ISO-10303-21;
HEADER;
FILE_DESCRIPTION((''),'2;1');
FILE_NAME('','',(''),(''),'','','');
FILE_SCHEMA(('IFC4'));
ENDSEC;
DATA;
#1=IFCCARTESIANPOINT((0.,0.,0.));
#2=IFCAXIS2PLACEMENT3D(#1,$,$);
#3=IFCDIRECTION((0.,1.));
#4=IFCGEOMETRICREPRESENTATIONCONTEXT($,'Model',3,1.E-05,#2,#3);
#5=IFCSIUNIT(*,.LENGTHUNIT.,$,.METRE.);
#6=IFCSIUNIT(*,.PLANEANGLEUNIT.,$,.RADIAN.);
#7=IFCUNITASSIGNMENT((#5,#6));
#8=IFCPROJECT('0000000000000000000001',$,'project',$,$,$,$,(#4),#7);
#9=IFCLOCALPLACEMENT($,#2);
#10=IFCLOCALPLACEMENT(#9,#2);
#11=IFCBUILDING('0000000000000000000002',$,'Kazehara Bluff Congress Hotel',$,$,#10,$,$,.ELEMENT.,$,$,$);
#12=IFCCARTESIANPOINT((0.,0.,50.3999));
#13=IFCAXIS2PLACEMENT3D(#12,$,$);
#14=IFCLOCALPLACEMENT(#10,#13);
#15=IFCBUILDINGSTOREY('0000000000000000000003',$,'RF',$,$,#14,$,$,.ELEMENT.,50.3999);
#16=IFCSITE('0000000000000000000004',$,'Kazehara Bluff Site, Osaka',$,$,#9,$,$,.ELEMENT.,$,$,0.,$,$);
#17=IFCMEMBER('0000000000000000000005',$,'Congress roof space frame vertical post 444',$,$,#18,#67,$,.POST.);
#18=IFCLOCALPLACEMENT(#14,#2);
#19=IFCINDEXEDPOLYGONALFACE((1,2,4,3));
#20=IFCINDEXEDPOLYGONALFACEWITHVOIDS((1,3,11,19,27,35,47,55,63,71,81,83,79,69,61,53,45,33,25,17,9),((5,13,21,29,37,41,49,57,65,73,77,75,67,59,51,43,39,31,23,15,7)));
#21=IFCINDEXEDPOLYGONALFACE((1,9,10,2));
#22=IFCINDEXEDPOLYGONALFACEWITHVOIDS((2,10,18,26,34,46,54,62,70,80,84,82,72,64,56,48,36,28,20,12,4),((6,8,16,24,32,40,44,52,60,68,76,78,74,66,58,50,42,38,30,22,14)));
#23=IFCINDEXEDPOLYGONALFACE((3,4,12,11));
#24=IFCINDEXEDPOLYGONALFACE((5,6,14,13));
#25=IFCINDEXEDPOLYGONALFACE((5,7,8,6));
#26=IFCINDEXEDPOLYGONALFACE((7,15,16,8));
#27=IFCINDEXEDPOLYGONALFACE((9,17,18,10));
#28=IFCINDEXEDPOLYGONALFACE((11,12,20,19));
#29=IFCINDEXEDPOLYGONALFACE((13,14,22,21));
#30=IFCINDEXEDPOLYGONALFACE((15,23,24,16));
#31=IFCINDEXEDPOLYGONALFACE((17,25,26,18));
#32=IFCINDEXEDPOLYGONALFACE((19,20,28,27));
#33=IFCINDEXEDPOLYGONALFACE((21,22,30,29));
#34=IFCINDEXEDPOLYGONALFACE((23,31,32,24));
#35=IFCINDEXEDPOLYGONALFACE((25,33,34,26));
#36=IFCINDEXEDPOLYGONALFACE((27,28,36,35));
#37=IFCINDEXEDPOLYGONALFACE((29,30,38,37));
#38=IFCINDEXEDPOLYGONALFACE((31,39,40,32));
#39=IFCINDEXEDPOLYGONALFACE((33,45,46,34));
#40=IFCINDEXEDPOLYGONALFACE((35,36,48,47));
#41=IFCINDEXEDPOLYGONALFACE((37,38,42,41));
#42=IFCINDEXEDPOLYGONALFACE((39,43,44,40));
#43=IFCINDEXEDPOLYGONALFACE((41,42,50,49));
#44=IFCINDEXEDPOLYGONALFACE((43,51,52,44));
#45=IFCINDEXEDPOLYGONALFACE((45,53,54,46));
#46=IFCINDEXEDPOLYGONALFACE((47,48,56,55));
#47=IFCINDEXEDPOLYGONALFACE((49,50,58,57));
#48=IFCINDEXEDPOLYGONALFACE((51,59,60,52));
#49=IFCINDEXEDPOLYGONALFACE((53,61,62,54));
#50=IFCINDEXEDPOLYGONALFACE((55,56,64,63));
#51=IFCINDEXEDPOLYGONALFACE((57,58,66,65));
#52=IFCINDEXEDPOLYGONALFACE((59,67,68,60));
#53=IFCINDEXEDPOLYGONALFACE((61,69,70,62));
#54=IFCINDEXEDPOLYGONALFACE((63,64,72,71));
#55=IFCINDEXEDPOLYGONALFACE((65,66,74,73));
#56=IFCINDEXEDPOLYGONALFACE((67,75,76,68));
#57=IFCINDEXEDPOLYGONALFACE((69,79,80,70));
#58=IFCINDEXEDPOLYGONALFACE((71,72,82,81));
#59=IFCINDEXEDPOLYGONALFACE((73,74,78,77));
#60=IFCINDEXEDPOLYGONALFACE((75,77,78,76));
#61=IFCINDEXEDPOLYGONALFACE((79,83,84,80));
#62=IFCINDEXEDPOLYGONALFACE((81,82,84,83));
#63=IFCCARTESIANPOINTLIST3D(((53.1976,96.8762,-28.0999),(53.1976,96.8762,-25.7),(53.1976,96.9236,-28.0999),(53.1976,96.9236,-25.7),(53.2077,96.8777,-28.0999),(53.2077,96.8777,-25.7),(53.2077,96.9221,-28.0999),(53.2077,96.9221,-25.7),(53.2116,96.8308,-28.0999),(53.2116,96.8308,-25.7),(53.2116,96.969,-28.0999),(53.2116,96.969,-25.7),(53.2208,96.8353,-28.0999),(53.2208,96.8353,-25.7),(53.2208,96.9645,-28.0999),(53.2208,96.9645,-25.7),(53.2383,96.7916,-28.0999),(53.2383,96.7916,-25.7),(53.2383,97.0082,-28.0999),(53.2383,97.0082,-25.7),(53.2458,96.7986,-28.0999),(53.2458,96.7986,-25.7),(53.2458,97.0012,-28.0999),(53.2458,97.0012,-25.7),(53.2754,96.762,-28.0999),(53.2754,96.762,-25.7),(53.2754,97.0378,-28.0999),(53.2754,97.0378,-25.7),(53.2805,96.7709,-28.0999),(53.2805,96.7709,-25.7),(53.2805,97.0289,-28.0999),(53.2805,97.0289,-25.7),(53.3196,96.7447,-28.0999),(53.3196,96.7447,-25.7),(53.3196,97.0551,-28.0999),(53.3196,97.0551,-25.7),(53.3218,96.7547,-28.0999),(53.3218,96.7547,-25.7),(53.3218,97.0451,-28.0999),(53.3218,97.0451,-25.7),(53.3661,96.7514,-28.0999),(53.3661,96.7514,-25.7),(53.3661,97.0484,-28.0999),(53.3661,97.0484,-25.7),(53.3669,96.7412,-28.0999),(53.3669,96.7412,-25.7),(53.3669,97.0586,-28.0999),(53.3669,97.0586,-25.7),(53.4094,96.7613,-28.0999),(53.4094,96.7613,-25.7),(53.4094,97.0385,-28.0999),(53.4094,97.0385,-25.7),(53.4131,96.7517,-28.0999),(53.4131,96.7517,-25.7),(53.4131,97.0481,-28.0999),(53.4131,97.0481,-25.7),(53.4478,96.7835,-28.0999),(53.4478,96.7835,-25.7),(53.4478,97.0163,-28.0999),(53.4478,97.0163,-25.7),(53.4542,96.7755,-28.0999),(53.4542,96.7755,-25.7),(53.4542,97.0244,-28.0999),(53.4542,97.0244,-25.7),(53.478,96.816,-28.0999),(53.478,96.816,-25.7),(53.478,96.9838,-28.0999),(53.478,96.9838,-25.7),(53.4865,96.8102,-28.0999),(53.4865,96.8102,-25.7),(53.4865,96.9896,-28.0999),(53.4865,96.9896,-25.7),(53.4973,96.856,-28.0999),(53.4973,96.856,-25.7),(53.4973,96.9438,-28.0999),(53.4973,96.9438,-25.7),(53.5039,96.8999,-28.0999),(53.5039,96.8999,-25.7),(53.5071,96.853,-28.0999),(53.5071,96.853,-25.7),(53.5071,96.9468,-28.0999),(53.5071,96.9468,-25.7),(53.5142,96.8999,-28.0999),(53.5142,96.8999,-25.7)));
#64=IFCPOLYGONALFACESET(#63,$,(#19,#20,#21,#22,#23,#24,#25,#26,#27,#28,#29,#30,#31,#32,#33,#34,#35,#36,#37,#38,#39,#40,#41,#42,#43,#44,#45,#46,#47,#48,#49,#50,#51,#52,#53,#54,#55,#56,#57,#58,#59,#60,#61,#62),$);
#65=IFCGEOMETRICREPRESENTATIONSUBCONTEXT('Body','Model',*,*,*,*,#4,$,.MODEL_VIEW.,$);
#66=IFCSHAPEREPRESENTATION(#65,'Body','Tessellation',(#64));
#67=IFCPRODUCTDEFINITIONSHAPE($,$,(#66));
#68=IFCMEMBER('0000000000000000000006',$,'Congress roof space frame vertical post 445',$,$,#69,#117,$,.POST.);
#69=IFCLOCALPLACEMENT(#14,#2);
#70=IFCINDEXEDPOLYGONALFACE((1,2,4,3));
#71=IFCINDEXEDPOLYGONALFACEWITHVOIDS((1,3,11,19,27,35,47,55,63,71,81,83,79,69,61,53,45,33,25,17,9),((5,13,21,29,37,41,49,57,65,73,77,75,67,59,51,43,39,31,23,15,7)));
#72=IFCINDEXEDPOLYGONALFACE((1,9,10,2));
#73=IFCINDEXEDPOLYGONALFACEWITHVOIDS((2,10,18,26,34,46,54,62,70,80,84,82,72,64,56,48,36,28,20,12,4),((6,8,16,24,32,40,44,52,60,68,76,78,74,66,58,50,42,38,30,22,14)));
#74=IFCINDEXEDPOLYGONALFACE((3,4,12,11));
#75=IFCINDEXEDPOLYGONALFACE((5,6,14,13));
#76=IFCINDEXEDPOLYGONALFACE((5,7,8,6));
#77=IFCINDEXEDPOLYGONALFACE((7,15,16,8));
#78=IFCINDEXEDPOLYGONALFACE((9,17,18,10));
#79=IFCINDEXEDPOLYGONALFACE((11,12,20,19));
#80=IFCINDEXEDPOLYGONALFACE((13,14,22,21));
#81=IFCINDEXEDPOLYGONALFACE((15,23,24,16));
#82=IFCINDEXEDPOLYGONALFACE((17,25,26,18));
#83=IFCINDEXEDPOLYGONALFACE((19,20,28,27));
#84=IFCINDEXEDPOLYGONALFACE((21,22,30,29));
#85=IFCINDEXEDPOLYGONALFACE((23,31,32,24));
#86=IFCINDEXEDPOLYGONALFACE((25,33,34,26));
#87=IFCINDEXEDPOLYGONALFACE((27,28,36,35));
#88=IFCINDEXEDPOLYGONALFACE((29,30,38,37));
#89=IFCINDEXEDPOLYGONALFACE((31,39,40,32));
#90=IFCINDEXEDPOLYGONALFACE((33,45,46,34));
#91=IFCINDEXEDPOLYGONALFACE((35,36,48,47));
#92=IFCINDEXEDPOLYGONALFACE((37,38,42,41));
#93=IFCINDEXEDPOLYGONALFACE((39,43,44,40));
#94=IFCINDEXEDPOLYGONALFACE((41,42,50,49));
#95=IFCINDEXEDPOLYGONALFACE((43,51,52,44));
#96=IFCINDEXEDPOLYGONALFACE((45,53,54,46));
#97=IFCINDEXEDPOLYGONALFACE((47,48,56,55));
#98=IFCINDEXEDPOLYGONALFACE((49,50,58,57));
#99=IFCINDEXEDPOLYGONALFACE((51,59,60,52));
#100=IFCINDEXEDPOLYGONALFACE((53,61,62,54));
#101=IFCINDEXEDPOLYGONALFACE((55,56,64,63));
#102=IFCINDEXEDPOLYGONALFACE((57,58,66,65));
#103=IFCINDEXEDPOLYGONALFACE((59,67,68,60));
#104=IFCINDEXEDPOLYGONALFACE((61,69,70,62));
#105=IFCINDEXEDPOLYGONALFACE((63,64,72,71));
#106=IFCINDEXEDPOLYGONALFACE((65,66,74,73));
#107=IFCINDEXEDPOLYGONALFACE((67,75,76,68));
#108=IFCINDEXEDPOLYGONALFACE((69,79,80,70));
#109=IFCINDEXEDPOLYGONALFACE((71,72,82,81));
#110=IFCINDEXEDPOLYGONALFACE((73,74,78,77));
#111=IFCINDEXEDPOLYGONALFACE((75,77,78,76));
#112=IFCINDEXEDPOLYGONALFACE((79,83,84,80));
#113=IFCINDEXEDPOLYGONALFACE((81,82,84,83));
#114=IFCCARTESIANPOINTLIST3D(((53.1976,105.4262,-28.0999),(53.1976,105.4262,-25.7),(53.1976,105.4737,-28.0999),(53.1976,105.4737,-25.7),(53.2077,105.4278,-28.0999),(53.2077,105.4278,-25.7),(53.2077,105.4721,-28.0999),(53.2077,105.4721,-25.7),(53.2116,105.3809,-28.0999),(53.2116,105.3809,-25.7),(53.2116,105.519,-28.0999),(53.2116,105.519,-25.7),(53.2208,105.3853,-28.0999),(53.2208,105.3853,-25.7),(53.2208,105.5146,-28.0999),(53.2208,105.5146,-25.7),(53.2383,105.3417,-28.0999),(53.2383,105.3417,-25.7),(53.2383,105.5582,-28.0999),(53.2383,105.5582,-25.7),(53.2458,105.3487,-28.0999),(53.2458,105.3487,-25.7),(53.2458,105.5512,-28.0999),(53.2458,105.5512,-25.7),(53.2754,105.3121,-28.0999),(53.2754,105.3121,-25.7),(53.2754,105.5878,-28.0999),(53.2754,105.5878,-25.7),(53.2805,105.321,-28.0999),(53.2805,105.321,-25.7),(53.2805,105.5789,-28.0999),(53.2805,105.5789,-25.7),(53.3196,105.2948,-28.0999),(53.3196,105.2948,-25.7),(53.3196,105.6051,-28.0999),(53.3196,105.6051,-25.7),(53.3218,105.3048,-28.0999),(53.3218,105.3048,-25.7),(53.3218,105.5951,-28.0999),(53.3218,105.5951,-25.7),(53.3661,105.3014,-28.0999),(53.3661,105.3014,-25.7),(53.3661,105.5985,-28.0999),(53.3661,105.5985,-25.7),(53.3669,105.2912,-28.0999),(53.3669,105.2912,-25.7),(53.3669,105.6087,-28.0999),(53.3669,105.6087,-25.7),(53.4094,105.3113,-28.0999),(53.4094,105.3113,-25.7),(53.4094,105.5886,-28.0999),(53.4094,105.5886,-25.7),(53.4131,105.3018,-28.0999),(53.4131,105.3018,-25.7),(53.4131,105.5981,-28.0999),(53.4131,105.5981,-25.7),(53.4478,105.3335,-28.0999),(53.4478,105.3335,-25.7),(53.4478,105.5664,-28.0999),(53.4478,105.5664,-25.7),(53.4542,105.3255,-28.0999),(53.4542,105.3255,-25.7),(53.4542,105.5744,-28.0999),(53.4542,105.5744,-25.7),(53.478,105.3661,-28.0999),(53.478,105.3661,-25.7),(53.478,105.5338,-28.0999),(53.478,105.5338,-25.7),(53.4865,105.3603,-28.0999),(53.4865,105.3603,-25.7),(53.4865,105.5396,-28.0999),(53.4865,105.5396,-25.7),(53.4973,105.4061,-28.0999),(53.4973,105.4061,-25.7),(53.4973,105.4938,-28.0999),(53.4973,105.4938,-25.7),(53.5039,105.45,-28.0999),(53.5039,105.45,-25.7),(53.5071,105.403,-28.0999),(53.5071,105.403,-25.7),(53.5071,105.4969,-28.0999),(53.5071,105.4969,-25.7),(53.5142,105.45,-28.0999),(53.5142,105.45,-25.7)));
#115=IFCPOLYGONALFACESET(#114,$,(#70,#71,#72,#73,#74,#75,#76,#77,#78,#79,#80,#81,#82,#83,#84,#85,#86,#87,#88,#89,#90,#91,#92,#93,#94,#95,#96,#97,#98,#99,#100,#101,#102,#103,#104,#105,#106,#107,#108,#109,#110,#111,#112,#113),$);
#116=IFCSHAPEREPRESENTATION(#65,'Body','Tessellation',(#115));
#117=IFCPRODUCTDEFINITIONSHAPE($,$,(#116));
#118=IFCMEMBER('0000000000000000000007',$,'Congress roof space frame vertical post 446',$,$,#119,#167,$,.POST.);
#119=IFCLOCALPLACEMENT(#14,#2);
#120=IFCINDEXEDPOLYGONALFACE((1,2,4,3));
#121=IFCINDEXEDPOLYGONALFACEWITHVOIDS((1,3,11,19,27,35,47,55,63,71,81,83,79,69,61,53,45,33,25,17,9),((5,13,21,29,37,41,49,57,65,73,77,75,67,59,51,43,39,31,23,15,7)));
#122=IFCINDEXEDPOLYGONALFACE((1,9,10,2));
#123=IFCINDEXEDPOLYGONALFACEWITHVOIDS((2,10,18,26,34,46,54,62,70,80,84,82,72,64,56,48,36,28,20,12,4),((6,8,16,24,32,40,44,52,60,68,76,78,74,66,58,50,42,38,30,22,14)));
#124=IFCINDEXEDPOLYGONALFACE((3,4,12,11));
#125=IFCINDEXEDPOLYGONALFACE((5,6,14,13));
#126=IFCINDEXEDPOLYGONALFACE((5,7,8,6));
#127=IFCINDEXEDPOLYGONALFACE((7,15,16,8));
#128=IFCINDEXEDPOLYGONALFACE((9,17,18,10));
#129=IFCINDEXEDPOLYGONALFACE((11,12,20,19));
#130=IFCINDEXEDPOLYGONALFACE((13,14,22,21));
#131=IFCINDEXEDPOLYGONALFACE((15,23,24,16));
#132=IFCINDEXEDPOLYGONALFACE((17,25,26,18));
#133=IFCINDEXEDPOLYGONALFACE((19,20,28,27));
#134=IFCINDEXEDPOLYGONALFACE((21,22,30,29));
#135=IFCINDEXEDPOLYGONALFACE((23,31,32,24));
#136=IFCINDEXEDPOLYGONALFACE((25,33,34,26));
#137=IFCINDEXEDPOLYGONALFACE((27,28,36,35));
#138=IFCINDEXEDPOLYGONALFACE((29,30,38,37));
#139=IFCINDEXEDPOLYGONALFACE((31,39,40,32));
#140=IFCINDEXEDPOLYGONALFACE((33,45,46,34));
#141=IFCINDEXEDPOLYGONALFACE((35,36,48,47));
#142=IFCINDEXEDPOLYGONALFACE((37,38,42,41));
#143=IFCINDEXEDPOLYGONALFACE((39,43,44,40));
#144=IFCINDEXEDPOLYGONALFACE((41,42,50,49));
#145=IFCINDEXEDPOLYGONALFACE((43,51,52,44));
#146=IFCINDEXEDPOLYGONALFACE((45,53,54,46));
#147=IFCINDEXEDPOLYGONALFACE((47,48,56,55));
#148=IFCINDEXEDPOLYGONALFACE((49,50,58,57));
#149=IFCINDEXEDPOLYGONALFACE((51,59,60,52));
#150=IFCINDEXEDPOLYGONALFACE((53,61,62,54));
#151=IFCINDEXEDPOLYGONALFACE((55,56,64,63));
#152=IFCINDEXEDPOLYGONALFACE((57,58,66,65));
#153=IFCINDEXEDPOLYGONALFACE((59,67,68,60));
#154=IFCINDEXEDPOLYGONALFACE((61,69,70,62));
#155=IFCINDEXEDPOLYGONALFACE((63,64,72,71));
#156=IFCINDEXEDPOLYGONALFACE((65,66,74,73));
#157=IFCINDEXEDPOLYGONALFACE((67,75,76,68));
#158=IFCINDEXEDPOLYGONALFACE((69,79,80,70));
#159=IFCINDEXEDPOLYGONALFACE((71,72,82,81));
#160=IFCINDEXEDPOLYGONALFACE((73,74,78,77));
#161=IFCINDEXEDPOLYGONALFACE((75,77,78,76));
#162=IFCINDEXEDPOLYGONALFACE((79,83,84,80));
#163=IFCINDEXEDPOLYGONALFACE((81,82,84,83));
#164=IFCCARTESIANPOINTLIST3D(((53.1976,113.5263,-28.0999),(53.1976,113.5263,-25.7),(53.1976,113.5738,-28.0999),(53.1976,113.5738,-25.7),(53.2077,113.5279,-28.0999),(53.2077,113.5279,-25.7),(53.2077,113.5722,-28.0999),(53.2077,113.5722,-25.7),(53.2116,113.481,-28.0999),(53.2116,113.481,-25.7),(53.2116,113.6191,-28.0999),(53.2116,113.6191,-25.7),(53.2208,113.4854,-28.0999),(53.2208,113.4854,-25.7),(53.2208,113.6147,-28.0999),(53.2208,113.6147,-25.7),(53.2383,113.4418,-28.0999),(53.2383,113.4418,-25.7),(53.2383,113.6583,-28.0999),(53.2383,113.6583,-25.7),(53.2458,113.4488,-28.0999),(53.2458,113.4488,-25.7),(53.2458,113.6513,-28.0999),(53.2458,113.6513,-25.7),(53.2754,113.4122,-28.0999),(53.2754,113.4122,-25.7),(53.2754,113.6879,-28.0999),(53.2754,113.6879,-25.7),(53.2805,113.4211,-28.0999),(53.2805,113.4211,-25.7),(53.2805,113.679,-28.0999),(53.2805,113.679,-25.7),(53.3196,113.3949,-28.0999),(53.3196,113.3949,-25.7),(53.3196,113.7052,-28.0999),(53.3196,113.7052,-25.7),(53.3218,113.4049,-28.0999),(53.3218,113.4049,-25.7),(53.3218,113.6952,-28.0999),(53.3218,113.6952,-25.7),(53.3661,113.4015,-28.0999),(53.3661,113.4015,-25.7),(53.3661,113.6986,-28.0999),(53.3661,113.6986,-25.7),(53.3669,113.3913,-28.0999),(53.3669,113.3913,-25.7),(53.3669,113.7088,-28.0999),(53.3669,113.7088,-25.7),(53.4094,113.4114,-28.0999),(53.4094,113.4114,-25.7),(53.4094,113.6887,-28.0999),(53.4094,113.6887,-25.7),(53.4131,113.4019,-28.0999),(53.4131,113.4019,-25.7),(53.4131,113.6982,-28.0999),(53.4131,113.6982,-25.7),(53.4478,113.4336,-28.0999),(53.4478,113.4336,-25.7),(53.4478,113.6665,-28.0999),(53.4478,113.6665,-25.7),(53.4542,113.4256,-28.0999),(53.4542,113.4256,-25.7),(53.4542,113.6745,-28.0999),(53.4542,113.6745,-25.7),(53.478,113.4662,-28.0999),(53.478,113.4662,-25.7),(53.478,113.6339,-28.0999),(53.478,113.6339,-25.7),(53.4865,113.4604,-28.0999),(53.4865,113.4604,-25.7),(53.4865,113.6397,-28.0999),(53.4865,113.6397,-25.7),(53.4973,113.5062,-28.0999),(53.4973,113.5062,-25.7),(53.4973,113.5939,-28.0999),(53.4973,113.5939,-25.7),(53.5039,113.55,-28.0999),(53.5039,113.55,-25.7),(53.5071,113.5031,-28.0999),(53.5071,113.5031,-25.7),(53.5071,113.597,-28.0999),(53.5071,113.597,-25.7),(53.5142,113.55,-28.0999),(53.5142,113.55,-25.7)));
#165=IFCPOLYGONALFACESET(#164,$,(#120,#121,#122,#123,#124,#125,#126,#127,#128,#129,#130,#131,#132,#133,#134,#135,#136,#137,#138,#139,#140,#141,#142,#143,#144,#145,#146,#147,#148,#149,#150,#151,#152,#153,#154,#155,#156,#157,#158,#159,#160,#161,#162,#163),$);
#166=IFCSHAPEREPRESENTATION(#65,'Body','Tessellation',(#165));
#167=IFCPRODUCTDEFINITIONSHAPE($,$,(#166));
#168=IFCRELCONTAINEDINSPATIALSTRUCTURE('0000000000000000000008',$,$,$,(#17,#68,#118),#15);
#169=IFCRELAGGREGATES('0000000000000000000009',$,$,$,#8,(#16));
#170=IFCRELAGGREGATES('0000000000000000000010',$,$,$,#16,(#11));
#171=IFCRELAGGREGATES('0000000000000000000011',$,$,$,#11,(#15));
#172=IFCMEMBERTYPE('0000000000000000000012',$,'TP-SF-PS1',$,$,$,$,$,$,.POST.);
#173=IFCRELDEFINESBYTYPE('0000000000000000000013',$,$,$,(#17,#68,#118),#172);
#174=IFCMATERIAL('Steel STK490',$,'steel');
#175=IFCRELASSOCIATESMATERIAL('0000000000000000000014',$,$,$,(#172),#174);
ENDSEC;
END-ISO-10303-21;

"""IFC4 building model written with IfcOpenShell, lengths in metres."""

from ifc_helpers import new_model, si_unit, direction, frame, origin, origin_2d, place, context, subcontext, project, spatial, hollow_circle, extrude, material, material_profile, profile_set, type_object, element, save


model = new_model("IFC4")

# Units and contexts
model_context = context("Model", 3, precision=1e-05, world=origin(), true_north=direction((0.0, 1.0)))
body_context = subcontext(model_context, "Body", "Model", "MODEL_VIEW")
ifc_project = project(units=[si_unit("LENGTHUNIT", "METRE"), si_unit("PLANEANGLEUNIT", "RADIAN")], contexts=[model_context])

# Site, building, storey
site_placement = place(None, origin())
site = spatial("IfcSite", under=ifc_project, at=site_placement, Name="Kazehara Bluff Site, Osaka", CompositionType="ELEMENT", RefElevation=0.0)
building_placement = place(site_placement, origin())
building = spatial("IfcBuilding", under=site, at=building_placement, Name="Kazehara Bluff Congress Hotel", CompositionType="ELEMENT")
storey_placement = place(building_placement, frame((0.0, 0.0, 50.3999)))
storey = spatial("IfcBuildingStorey", under=building, at=storey_placement, Name="RF", CompositionType="ELEMENT", Elevation=50.3999)

# Members
ifc_material_1 = material(Name="Steel STK490", Category="steel")
ifc_material_profile_1 = material_profile(ifc_material_1, hollow_circle(Radius=0.1592, WallThickness=0.0103, at=origin_2d()))
ifc_profile_set_1 = profile_set([ifc_material_profile_1], Name="Steel STK490")
member_type_1 = type_object("IfcMemberType", Name="TP-SF-PS1", PredefinedType="POST", material=ifc_profile_set_1)
for number, where, z_axis, x_axis, name in (
    (1, (53.355, 96.8999, -28.0999), (0.0, 0.0, 1.0), (1.0, 0.0, 0.0), "Congress roof space frame vertical post 444"),
    (2, (53.355, 105.45, -28.0999), (0.0, 0.0, 1.0), (1.0, 0.0, 0.0), "Congress roof space frame vertical post 445"),
    (3, (53.355, 113.55, -28.0999), (0.0, 0.0, 1.0), (1.0, 0.0, 0.0), "Congress roof space frame vertical post 446"),
):
    element("IfcMember", number, at=place(storey_placement, frame(where, z_axis=z_axis, x_axis=x_axis)), inside=storey, type_object=member_type_1, Name=name, PredefinedType="POST", context=body_context, shape_type="SweptSolid", body=[
        extrude(hollow_circle(Radius=0.1592, WallThickness=0.0103, at=origin_2d()), origin(), (0.0, 0.0, 1.0), 2.3999),
    ])

save(model, "model.ifc")
